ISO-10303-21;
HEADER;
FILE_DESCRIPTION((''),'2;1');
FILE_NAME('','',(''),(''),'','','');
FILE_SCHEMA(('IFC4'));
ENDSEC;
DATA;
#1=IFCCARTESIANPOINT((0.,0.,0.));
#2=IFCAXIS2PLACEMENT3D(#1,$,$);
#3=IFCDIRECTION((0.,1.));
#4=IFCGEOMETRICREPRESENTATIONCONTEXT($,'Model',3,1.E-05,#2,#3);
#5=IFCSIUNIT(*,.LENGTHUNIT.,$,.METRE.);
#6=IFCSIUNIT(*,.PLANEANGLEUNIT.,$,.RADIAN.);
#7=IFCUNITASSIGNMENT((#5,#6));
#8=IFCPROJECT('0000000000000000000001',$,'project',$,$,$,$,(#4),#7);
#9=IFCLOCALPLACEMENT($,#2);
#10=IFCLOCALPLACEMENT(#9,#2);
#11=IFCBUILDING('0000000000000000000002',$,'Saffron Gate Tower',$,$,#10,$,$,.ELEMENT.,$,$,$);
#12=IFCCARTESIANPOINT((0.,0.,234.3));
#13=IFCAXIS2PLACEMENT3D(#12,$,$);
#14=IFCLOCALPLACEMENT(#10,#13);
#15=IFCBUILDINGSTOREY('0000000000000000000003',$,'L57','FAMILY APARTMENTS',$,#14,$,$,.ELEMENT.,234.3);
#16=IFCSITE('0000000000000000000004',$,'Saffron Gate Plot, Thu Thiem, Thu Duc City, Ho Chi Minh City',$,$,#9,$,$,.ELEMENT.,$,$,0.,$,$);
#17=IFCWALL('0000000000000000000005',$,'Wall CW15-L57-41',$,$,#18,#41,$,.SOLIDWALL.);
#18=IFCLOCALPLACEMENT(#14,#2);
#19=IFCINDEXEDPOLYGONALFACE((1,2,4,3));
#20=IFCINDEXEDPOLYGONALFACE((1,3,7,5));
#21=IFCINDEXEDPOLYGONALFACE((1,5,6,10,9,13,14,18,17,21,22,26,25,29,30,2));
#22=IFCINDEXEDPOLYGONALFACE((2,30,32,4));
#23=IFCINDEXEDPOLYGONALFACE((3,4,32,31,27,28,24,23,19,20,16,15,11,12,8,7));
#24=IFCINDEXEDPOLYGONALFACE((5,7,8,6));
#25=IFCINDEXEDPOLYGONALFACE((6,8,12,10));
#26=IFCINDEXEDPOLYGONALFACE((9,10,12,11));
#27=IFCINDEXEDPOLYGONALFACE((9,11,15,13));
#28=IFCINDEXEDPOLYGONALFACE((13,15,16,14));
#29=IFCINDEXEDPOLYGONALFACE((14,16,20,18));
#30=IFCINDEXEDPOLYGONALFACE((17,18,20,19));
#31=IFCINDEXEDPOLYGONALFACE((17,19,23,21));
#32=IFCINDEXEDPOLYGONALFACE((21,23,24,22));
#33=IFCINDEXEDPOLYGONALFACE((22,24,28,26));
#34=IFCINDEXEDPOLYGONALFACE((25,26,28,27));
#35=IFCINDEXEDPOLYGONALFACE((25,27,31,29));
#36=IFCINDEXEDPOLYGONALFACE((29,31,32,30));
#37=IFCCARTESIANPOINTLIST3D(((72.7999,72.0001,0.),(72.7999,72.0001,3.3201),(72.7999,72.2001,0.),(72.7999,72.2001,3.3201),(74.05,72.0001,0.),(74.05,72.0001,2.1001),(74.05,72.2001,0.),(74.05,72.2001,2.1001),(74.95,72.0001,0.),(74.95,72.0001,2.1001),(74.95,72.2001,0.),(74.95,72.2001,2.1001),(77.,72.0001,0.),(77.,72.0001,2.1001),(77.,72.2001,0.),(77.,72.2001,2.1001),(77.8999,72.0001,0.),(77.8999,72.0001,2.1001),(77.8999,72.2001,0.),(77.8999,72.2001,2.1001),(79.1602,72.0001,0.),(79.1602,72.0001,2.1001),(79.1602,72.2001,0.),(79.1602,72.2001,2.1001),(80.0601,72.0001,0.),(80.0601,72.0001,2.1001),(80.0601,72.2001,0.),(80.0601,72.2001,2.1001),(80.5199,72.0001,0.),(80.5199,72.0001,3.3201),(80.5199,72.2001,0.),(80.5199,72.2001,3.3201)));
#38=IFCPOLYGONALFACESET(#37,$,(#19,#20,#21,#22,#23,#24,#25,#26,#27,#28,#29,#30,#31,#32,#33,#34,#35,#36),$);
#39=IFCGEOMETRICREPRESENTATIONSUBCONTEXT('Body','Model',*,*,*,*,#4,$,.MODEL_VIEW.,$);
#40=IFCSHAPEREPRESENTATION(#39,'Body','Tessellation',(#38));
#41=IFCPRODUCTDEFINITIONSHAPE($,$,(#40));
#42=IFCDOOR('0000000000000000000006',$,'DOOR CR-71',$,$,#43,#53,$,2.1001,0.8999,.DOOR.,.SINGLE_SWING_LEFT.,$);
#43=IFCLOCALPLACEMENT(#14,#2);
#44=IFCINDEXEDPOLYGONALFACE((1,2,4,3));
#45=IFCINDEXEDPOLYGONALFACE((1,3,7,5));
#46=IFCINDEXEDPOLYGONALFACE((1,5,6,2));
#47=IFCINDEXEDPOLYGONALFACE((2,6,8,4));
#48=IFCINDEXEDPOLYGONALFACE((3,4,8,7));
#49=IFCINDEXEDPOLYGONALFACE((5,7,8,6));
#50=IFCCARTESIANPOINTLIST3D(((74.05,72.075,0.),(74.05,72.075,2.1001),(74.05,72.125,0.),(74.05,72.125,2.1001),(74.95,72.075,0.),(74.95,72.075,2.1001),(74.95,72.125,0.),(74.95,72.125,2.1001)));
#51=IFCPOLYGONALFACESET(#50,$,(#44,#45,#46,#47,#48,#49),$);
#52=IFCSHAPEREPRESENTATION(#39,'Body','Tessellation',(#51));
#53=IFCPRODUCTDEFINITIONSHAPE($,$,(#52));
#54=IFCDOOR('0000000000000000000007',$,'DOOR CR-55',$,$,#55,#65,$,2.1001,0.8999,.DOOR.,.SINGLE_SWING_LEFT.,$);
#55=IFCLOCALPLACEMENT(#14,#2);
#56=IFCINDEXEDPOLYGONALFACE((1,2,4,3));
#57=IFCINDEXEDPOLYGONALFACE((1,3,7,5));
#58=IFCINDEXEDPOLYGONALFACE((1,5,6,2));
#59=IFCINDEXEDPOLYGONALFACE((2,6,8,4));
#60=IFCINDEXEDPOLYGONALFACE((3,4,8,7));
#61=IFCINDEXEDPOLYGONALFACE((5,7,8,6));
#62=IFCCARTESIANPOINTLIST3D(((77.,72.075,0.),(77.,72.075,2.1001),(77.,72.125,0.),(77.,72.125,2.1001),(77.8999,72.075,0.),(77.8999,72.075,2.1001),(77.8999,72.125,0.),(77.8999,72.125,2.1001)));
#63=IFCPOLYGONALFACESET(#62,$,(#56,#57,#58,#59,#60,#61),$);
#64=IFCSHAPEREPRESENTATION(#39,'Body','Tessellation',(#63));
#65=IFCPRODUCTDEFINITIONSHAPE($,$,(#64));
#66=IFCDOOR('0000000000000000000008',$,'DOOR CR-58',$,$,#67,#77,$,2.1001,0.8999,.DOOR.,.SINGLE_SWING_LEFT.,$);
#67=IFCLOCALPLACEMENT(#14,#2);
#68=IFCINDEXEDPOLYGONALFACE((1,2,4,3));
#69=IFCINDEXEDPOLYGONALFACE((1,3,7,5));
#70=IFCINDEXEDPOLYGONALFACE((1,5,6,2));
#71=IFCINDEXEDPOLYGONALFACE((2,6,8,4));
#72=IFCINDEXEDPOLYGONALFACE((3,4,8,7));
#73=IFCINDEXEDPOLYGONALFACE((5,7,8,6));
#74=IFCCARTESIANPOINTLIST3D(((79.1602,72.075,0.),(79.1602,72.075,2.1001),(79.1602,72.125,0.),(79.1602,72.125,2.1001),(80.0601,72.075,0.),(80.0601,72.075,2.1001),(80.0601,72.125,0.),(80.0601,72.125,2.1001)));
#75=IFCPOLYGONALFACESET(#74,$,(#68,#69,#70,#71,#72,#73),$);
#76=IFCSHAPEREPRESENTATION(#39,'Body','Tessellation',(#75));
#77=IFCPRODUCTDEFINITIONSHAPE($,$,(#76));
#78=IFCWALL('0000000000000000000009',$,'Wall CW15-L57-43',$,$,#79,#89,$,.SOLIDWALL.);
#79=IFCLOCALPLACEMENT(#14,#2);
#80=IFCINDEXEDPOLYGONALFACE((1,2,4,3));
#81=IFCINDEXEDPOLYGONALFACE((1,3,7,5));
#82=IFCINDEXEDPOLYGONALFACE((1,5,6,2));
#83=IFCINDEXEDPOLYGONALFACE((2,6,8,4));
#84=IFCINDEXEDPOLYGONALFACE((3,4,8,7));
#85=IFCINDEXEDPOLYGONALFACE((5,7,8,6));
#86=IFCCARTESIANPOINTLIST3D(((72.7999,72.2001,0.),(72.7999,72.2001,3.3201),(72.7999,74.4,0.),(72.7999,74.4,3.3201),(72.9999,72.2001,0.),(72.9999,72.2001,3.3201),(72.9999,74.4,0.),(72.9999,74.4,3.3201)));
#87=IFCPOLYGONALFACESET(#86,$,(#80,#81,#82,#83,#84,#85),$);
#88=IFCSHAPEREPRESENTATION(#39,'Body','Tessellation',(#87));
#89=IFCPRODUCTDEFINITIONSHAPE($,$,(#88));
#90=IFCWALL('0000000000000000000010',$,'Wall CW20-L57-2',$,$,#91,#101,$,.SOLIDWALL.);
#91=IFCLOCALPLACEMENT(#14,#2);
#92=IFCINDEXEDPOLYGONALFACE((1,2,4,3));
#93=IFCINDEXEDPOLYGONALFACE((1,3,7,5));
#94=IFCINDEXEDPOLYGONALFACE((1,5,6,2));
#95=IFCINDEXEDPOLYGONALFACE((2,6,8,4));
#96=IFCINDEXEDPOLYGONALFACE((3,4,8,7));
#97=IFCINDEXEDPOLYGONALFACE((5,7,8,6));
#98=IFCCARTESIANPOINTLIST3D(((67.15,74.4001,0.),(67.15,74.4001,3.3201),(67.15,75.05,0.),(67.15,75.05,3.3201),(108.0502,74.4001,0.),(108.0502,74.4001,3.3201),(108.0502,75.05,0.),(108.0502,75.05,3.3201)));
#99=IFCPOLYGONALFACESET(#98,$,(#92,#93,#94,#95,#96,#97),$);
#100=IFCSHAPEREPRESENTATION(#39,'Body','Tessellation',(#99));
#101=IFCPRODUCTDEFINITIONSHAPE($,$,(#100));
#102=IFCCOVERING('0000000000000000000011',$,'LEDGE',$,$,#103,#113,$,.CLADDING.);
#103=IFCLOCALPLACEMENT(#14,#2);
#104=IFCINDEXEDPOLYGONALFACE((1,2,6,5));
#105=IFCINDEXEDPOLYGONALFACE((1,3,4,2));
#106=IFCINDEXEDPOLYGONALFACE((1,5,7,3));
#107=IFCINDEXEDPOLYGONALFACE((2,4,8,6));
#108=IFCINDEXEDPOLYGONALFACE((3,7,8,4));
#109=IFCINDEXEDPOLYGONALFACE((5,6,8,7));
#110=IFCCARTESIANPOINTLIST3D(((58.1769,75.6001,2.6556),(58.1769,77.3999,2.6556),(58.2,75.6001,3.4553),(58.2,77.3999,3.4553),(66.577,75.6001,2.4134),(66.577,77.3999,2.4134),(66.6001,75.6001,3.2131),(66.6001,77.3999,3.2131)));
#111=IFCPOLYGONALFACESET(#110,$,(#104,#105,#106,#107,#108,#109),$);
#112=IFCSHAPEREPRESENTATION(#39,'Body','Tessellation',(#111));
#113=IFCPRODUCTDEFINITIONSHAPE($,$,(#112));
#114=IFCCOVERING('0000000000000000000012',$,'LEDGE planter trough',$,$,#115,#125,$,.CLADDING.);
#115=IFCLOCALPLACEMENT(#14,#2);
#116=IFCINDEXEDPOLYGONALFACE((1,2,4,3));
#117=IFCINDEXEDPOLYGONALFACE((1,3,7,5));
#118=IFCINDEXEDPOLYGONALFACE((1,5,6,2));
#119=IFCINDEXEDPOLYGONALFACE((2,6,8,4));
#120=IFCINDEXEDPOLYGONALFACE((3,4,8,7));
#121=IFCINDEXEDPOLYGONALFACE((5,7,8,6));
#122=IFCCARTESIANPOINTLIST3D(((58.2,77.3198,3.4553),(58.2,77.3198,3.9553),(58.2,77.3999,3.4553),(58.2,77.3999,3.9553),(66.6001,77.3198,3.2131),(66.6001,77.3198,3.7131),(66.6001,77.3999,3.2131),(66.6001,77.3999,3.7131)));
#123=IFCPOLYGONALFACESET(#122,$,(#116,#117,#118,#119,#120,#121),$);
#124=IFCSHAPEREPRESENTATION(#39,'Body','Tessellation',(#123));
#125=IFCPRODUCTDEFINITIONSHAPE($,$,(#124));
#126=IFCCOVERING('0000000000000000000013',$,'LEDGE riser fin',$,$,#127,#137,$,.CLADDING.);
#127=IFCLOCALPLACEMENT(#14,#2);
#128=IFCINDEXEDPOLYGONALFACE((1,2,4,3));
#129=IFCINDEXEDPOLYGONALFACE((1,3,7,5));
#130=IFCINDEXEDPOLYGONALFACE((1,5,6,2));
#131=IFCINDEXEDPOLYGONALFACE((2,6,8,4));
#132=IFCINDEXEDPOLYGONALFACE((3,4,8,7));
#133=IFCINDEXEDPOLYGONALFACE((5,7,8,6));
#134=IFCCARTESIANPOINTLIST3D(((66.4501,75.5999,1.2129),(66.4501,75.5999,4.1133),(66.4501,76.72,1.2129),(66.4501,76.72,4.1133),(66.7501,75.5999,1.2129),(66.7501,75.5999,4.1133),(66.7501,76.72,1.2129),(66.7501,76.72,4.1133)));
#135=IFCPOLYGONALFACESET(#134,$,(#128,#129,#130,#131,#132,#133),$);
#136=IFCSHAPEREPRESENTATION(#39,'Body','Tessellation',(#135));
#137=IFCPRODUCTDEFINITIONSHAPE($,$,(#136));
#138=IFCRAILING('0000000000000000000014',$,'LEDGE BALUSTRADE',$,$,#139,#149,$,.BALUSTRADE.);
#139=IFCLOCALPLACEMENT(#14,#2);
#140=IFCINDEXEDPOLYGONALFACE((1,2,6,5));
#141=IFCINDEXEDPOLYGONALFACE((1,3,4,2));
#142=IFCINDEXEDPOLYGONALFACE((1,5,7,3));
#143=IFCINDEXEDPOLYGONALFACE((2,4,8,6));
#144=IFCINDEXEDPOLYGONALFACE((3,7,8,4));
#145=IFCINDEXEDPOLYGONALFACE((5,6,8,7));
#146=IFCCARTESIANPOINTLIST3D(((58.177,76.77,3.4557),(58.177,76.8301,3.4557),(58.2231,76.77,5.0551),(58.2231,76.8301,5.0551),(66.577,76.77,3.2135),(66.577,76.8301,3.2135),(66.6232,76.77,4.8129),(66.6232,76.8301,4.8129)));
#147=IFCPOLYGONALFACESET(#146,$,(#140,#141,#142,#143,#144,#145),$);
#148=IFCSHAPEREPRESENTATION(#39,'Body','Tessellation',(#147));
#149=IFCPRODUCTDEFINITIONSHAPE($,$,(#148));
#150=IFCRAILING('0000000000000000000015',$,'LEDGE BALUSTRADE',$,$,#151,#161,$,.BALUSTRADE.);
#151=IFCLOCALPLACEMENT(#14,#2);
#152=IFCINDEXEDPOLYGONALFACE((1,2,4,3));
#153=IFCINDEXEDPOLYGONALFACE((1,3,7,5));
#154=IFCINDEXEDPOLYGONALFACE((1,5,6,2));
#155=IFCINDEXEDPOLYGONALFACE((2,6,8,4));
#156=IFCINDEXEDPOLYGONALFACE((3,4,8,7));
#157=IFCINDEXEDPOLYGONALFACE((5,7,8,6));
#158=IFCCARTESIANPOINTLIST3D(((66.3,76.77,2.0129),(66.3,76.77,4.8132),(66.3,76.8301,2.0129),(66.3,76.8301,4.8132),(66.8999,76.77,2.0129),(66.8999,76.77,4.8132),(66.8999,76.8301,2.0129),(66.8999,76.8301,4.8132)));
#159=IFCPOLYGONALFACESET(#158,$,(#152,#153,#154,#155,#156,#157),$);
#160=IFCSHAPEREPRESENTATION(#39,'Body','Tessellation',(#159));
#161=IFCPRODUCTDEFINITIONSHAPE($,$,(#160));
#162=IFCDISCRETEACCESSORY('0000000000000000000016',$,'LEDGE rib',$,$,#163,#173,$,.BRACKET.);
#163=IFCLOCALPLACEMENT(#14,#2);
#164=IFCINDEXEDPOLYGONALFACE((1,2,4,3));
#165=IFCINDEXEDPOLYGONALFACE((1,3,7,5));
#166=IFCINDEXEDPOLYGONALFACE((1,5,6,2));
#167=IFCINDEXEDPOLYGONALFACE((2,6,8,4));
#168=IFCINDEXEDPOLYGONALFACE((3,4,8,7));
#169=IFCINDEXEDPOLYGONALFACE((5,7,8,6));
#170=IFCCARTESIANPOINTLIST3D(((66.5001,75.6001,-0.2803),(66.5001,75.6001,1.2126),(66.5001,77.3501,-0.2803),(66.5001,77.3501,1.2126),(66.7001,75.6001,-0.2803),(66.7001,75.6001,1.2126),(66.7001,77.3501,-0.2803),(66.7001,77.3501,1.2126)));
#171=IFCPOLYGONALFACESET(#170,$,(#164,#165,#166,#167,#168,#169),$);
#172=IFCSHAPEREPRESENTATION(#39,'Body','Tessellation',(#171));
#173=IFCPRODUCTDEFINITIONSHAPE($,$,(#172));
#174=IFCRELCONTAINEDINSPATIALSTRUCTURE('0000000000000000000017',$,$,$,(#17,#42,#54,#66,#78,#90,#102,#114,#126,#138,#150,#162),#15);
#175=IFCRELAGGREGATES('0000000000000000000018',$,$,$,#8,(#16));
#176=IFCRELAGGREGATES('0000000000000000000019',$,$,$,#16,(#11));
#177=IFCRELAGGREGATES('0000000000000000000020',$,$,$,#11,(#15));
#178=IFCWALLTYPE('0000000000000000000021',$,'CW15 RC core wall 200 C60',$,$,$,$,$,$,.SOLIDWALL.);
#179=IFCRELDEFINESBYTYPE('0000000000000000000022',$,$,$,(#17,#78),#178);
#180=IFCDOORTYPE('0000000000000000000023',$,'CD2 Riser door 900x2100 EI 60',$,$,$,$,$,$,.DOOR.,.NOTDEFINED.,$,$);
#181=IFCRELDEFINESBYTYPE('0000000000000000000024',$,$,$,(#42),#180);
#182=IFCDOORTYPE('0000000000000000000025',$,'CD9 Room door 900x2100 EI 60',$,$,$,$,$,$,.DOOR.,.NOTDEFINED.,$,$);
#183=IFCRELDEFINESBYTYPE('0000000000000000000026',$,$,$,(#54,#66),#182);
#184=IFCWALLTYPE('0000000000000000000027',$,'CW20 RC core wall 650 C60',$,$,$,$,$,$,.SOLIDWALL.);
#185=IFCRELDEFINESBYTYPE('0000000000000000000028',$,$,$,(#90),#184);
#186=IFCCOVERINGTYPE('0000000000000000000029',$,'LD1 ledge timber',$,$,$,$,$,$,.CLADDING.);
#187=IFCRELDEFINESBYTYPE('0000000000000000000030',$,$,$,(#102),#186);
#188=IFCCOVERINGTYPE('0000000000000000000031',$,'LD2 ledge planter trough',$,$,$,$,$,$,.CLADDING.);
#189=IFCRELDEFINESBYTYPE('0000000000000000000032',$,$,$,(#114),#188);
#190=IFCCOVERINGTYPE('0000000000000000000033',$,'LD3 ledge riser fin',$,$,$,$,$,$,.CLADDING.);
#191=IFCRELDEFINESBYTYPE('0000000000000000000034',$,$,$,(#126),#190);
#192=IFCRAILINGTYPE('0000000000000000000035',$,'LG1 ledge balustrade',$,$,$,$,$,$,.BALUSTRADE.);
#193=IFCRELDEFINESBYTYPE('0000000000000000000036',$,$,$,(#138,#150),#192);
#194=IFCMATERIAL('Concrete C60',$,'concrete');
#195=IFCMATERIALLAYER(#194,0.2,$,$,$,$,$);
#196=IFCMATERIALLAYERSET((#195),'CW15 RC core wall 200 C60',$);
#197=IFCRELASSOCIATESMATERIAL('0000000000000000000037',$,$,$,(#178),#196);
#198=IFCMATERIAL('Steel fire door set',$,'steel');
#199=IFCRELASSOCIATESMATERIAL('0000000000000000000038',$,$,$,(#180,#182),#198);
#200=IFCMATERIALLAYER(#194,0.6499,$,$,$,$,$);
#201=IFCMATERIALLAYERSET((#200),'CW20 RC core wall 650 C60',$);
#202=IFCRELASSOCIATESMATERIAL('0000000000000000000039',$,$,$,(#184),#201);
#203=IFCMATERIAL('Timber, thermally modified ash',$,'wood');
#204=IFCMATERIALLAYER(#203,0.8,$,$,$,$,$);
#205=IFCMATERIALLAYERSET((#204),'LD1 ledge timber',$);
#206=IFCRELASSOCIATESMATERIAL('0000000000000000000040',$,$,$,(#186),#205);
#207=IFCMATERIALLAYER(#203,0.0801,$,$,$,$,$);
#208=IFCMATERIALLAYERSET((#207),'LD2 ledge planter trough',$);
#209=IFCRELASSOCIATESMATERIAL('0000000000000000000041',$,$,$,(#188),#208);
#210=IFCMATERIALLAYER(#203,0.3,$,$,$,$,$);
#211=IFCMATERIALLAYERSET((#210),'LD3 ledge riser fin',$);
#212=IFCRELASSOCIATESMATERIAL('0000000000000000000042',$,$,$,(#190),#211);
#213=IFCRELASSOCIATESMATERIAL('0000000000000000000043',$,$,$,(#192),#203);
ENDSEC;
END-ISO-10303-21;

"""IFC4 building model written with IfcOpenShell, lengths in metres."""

from ifc_helpers import new_model, si_unit, direction, frame, frame_2d, origin, origin_2d, place, context, subcontext, project, spatial, polyline, rectangle, outline, extrude, material, layer, layer_set, type_object, element, fill, save


model = new_model("IFC4")

# Units and contexts
model_context = context("Model", 3, precision=1e-05, world=origin(), true_north=direction((0.0, 1.0)))
body_context = subcontext(model_context, "Body", "Model", "MODEL_VIEW")
ifc_project = project(units=[si_unit("LENGTHUNIT", "METRE"), si_unit("PLANEANGLEUNIT", "RADIAN")], contexts=[model_context])

# Site, building, storey
site_placement = place(None, origin())
site = spatial("IfcSite", under=ifc_project, at=site_placement, Name="Saffron Gate Plot, Thu Thiem, Thu Duc City, Ho Chi Minh City", CompositionType="ELEMENT", RefElevation=0.0)
building_placement = place(site_placement, origin())
building = spatial("IfcBuilding", under=site, at=building_placement, Name="Saffron Gate Tower", CompositionType="ELEMENT")
storey_placement = place(building_placement, frame((0.0, 0.0, 234.3)))
storey = spatial("IfcBuildingStorey", under=building, at=storey_placement, Name="L57", Description="FAMILY APARTMENTS", CompositionType="ELEMENT", Elevation=234.3)

# Shared definitions
ifc_material_1 = material(Name="Concrete C60", Category="concrete")
ifc_layer_1 = layer(ifc_material_1, 0.2)
ifc_layer_set_1 = layer_set([ifc_layer_1], Name="CW15 RC core wall 200 C60")
wall_type_1 = type_object("IfcWallType", Name="CW15 RC core wall 200 C60", PredefinedType="SOLIDWALL", material=ifc_layer_set_1)
ifc_material_2 = material(Name="Steel fire door set", Category="steel")

# Wall, openings, doors
wall_1_placement = place(storey_placement, frame((72.8, 72.1001, 0.0), z_axis=(0.0, 0.0, 1.0), x_axis=(1.0, 0.0, 0.0)))
wall_1 = element("IfcWall", 1, at=wall_1_placement, inside=storey, type_object=wall_type_1, Name="Wall CW15-L57-41", PredefinedType="SOLIDWALL", context=body_context, shape_type="SweptSolid", body=[
    extrude(rectangle(XDim=7.72, YDim=0.2, at=frame_2d((3.8599, 0.0))), origin(), (0.0, 0.0, 1.0), 3.3201),
])
opening_1_placement = place(wall_1_placement, frame((1.25, 0.0, 0.0)))
opening_1 = element("IfcOpeningElement", 2, at=opening_1_placement, cuts=wall_1, PredefinedType="OPENING", context=body_context, shape_type="SweptSolid", body=[
    extrude(rectangle(XDim=0.8999, YDim=2.1001, at=frame_2d((0.45, 1.05))), frame((0.0, 0.1099, 0.0), z_axis=(0.0, -1.0, 0.0), x_axis=(1.0, 0.0, 0.0)), (0.0, 0.0, 1.0), 0.22),
])
opening_2_placement = place(wall_1_placement, frame((4.2, 0.0, 0.0)))
opening_2 = element("IfcOpeningElement", 3, at=opening_2_placement, cuts=wall_1, PredefinedType="OPENING", context=body_context, shape_type="SweptSolid", body=[
    extrude(rectangle(XDim=0.8999, YDim=2.1001, at=frame_2d((0.45, 1.05))), frame((0.0, 0.1099, 0.0), z_axis=(0.0, -1.0, 0.0), x_axis=(1.0, 0.0, 0.0)), (0.0, 0.0, 1.0), 0.22),
])
opening_3_placement = place(wall_1_placement, frame((6.3601, 0.0, 0.0)))
opening_3 = element("IfcOpeningElement", 4, at=opening_3_placement, cuts=wall_1, PredefinedType="OPENING", context=body_context, shape_type="SweptSolid", body=[
    extrude(rectangle(XDim=0.8999, YDim=2.1001, at=frame_2d((0.45, 1.05))), frame((0.0, 0.1099, 0.0), z_axis=(0.0, -1.0, 0.0), x_axis=(1.0, 0.0, 0.0)), (0.0, 0.0, 1.0), 0.22),
])
door_type_1 = type_object("IfcDoorType", Name="CD2 Riser door 900x2100 EI 60", OperationType="NOTDEFINED", PredefinedType="DOOR", material=ifc_material_2)
door_1_placement = place(opening_1_placement, origin())
door_1 = element("IfcDoor", 5, at=door_1_placement, inside=storey, type_object=door_type_1, Name="DOOR CR-71", OperationType="SINGLE_SWING_LEFT", OverallHeight=2.1001, OverallWidth=0.8999, PredefinedType="DOOR", context=body_context, shape_type="SweptSolid", body=[
    extrude(rectangle(XDim=0.8999, YDim=2.1001, at=frame_2d((0.45, 1.05))), frame((0.0, 0.0249, 0.0), z_axis=(0.0, -1.0, 0.0), x_axis=(1.0, 0.0, 0.0)), (0.0, 0.0, 1.0), 0.05),
])
fill(opening_1, door_1)
door_type_2 = type_object("IfcDoorType", Name="CD9 Room door 900x2100 EI 60", OperationType="NOTDEFINED", PredefinedType="DOOR", material=ifc_material_2)
door_2_placement = place(opening_2_placement, origin())
door_2 = element("IfcDoor", 6, at=door_2_placement, inside=storey, type_object=door_type_2, Name="DOOR CR-55", OperationType="SINGLE_SWING_LEFT", OverallHeight=2.1001, OverallWidth=0.8999, PredefinedType="DOOR", context=body_context, shape_type="SweptSolid", body=[
    extrude(rectangle(XDim=0.8999, YDim=2.1001, at=frame_2d((0.45, 1.05))), frame((0.0, 0.0249, 0.0), z_axis=(0.0, -1.0, 0.0), x_axis=(1.0, 0.0, 0.0)), (0.0, 0.0, 1.0), 0.05),
])
fill(opening_2, door_2)
door_3_placement = place(opening_3_placement, origin())
door_3 = element("IfcDoor", 7, at=door_3_placement, inside=storey, type_object=door_type_2, Name="DOOR CR-58", OperationType="SINGLE_SWING_LEFT", OverallHeight=2.1001, OverallWidth=0.8999, PredefinedType="DOOR", context=body_context, shape_type="SweptSolid", body=[
    extrude(rectangle(XDim=0.8999, YDim=2.1001, at=frame_2d((0.45, 1.05))), frame((0.0, 0.0249, 0.0), z_axis=(0.0, -1.0, 0.0), x_axis=(1.0, 0.0, 0.0)), (0.0, 0.0, 1.0), 0.05),
])
fill(opening_3, door_3)

# Walls
wall_2_placement = place(storey_placement, frame((72.8999, 72.2, 0.0), z_axis=(0.0, 0.0, 1.0), x_axis=(0.0, 1.0, 0.0)))
element("IfcWall", 8, at=wall_2_placement, inside=storey, type_object=wall_type_1, Name="Wall CW15-L57-43", PredefinedType="SOLIDWALL", context=body_context, shape_type="SweptSolid", body=[
    extrude(rectangle(XDim=2.2, YDim=0.2, at=frame_2d((1.1001, 0.0))), origin(), (0.0, 0.0, 1.0), 3.3201),
])
ifc_layer_2 = layer(ifc_material_1, 0.6499)
ifc_layer_set_2 = layer_set([ifc_layer_2], Name="CW20 RC core wall 650 C60")
wall_type_2 = type_object("IfcWallType", Name="CW20 RC core wall 650 C60", PredefinedType="SOLIDWALL", material=ifc_layer_set_2)
wall_3_placement = place(storey_placement, frame((67.1499, 74.7251, 0.0), z_axis=(0.0, 0.0, 1.0), x_axis=(1.0, 0.0, 0.0)))
element("IfcWall", 9, at=wall_3_placement, inside=storey, type_object=wall_type_2, Name="Wall CW20-L57-2", PredefinedType="SOLIDWALL", context=body_context, shape_type="SweptSolid", body=[
    extrude(rectangle(XDim=40.9001, YDim=0.6499, at=frame_2d((20.4502, 0.0))), origin(), (0.0, 0.0, 1.0), 3.3201),
])

# Coverings
ifc_material_3 = material(Name="Timber, thermally modified ash", Category="wood")
ifc_layer_3 = layer(ifc_material_3, 0.8)
ifc_layer_set_3 = layer_set([ifc_layer_3], Name="LD1 ledge timber")
covering_type_1 = type_object("IfcCoveringType", Name="LD1 ledge timber", PredefinedType="CLADDING", material=ifc_layer_set_3)
covering_1_placement = place(storey_placement, frame((66.6001, 75.6001, 3.2131), z_axis=(0.028819, 0.0, 0.999585), x_axis=(-0.999585, 0.0, 0.028819)))
element("IfcCovering", 10, at=covering_1_placement, inside=storey, type_object=covering_type_1, Name="LEDGE", PredefinedType="CLADDING", context=body_context, shape_type="SweptSolid", body=[
    extrude(outline(polyline([(0.0, 0.0), (8.4036, 0.0), (8.4036, -1.7998), (0.0, -1.7998), (0.0, 0.0)])), origin(), (0.0, 0.0, -1.0), 0.8),
])
ifc_layer_4 = layer(ifc_material_3, 0.0801)
ifc_layer_set_4 = layer_set([ifc_layer_4], Name="LD2 ledge planter trough")
covering_type_2 = type_object("IfcCoveringType", Name="LD2 ledge planter trough", PredefinedType="CLADDING", material=ifc_layer_set_4)
covering_2_placement = place(storey_placement, frame((66.6001, 77.3999, 3.2131), z_axis=(0.0, 1.0, 0.0), x_axis=(-0.999585, 0.0, 0.028819)))
element("IfcCovering", 11, at=covering_2_placement, inside=storey, type_object=covering_type_2, Name="LEDGE planter trough", PredefinedType="CLADDING", context=body_context, shape_type="SweptSolid", body=[
    extrude(outline(polyline([(0.0, 0.0), (8.4036, 0.0), (8.418, 0.4998), (0.0144, 0.4998), (0.0, 0.0)])), origin(), (0.0, 0.0, -1.0), 0.0801),
])
ifc_layer_5 = layer(ifc_material_3, 0.3)
ifc_layer_set_5 = layer_set([ifc_layer_5], Name="LD3 ledge riser fin")
covering_type_3 = type_object("IfcCoveringType", Name="LD3 ledge riser fin", PredefinedType="CLADDING", material=ifc_layer_set_5)
covering_3_placement = place(storey_placement, frame((66.6001, 76.1599, 1.2129), z_axis=(0.0, 0.0, 1.0), x_axis=(-1.0, 0.0, 0.0)))
element("IfcCovering", 12, at=covering_3_placement, inside=storey, type_object=covering_type_3, Name="LEDGE riser fin", PredefinedType="CLADDING", context=body_context, shape_type="SweptSolid", body=[
    extrude(rectangle(XDim=0.3, YDim=1.1201, at=origin_2d()), origin(), (0.0, 0.0, 1.0), 2.9004),
])

# Railings
railing_type = type_object("IfcRailingType", Name="LG1 ledge balustrade", PredefinedType="BALUSTRADE", material=ifc_material_3)
railing_1_placement = place(storey_placement, frame((66.6001, 76.8, 3.2131)))
element("IfcRailing", 13, at=railing_1_placement, inside=storey, type_object=railing_type, Name="LEDGE BALUSTRADE", PredefinedType="BALUSTRADE", context=body_context, shape_type="SweptSolid", body=[
    extrude(rectangle(XDim=0.0601, YDim=1.6001, at=origin_2d()), frame((0.0, 0.0, 0.8), z_axis=(-0.999585, 0.0, 0.028819), x_axis=(0.0, -1.0, 0.0)), (0.0, 0.0, 1.0), 8.4036),
])
railing_2_placement = place(storey_placement, frame((66.8999, 76.8, 2.0129)))
element("IfcRailing", 14, at=railing_2_placement, inside=storey, type_object=railing_type, Name="LEDGE BALUSTRADE", PredefinedType="BALUSTRADE", context=body_context, shape_type="SweptSolid", body=[
    extrude(rectangle(XDim=0.0601, YDim=2.8003, at=origin_2d()), frame((0.0, 0.0, 1.4001), z_axis=(-1.0, 0.0, 0.0), x_axis=(0.0, -1.0, 0.0)), (0.0, 0.0, 1.0), 0.5999),
])

# Discrete accessory
discrete_accessory_placement = place(storey_placement, frame((66.6001, 76.4751, -0.2803), z_axis=(0.0, 0.0, 1.0), x_axis=(-1.0, 0.0, 0.0)))
element("IfcDiscreteAccessory", 15, at=discrete_accessory_placement, inside=storey, Name="LEDGE rib", PredefinedType="BRACKET", context=body_context, shape_type="SweptSolid", body=[
    extrude(rectangle(XDim=0.2, YDim=1.75, at=origin_2d()), origin(), (0.0, 0.0, 1.0), 1.4929),
])

save(model, "model.ifc")
